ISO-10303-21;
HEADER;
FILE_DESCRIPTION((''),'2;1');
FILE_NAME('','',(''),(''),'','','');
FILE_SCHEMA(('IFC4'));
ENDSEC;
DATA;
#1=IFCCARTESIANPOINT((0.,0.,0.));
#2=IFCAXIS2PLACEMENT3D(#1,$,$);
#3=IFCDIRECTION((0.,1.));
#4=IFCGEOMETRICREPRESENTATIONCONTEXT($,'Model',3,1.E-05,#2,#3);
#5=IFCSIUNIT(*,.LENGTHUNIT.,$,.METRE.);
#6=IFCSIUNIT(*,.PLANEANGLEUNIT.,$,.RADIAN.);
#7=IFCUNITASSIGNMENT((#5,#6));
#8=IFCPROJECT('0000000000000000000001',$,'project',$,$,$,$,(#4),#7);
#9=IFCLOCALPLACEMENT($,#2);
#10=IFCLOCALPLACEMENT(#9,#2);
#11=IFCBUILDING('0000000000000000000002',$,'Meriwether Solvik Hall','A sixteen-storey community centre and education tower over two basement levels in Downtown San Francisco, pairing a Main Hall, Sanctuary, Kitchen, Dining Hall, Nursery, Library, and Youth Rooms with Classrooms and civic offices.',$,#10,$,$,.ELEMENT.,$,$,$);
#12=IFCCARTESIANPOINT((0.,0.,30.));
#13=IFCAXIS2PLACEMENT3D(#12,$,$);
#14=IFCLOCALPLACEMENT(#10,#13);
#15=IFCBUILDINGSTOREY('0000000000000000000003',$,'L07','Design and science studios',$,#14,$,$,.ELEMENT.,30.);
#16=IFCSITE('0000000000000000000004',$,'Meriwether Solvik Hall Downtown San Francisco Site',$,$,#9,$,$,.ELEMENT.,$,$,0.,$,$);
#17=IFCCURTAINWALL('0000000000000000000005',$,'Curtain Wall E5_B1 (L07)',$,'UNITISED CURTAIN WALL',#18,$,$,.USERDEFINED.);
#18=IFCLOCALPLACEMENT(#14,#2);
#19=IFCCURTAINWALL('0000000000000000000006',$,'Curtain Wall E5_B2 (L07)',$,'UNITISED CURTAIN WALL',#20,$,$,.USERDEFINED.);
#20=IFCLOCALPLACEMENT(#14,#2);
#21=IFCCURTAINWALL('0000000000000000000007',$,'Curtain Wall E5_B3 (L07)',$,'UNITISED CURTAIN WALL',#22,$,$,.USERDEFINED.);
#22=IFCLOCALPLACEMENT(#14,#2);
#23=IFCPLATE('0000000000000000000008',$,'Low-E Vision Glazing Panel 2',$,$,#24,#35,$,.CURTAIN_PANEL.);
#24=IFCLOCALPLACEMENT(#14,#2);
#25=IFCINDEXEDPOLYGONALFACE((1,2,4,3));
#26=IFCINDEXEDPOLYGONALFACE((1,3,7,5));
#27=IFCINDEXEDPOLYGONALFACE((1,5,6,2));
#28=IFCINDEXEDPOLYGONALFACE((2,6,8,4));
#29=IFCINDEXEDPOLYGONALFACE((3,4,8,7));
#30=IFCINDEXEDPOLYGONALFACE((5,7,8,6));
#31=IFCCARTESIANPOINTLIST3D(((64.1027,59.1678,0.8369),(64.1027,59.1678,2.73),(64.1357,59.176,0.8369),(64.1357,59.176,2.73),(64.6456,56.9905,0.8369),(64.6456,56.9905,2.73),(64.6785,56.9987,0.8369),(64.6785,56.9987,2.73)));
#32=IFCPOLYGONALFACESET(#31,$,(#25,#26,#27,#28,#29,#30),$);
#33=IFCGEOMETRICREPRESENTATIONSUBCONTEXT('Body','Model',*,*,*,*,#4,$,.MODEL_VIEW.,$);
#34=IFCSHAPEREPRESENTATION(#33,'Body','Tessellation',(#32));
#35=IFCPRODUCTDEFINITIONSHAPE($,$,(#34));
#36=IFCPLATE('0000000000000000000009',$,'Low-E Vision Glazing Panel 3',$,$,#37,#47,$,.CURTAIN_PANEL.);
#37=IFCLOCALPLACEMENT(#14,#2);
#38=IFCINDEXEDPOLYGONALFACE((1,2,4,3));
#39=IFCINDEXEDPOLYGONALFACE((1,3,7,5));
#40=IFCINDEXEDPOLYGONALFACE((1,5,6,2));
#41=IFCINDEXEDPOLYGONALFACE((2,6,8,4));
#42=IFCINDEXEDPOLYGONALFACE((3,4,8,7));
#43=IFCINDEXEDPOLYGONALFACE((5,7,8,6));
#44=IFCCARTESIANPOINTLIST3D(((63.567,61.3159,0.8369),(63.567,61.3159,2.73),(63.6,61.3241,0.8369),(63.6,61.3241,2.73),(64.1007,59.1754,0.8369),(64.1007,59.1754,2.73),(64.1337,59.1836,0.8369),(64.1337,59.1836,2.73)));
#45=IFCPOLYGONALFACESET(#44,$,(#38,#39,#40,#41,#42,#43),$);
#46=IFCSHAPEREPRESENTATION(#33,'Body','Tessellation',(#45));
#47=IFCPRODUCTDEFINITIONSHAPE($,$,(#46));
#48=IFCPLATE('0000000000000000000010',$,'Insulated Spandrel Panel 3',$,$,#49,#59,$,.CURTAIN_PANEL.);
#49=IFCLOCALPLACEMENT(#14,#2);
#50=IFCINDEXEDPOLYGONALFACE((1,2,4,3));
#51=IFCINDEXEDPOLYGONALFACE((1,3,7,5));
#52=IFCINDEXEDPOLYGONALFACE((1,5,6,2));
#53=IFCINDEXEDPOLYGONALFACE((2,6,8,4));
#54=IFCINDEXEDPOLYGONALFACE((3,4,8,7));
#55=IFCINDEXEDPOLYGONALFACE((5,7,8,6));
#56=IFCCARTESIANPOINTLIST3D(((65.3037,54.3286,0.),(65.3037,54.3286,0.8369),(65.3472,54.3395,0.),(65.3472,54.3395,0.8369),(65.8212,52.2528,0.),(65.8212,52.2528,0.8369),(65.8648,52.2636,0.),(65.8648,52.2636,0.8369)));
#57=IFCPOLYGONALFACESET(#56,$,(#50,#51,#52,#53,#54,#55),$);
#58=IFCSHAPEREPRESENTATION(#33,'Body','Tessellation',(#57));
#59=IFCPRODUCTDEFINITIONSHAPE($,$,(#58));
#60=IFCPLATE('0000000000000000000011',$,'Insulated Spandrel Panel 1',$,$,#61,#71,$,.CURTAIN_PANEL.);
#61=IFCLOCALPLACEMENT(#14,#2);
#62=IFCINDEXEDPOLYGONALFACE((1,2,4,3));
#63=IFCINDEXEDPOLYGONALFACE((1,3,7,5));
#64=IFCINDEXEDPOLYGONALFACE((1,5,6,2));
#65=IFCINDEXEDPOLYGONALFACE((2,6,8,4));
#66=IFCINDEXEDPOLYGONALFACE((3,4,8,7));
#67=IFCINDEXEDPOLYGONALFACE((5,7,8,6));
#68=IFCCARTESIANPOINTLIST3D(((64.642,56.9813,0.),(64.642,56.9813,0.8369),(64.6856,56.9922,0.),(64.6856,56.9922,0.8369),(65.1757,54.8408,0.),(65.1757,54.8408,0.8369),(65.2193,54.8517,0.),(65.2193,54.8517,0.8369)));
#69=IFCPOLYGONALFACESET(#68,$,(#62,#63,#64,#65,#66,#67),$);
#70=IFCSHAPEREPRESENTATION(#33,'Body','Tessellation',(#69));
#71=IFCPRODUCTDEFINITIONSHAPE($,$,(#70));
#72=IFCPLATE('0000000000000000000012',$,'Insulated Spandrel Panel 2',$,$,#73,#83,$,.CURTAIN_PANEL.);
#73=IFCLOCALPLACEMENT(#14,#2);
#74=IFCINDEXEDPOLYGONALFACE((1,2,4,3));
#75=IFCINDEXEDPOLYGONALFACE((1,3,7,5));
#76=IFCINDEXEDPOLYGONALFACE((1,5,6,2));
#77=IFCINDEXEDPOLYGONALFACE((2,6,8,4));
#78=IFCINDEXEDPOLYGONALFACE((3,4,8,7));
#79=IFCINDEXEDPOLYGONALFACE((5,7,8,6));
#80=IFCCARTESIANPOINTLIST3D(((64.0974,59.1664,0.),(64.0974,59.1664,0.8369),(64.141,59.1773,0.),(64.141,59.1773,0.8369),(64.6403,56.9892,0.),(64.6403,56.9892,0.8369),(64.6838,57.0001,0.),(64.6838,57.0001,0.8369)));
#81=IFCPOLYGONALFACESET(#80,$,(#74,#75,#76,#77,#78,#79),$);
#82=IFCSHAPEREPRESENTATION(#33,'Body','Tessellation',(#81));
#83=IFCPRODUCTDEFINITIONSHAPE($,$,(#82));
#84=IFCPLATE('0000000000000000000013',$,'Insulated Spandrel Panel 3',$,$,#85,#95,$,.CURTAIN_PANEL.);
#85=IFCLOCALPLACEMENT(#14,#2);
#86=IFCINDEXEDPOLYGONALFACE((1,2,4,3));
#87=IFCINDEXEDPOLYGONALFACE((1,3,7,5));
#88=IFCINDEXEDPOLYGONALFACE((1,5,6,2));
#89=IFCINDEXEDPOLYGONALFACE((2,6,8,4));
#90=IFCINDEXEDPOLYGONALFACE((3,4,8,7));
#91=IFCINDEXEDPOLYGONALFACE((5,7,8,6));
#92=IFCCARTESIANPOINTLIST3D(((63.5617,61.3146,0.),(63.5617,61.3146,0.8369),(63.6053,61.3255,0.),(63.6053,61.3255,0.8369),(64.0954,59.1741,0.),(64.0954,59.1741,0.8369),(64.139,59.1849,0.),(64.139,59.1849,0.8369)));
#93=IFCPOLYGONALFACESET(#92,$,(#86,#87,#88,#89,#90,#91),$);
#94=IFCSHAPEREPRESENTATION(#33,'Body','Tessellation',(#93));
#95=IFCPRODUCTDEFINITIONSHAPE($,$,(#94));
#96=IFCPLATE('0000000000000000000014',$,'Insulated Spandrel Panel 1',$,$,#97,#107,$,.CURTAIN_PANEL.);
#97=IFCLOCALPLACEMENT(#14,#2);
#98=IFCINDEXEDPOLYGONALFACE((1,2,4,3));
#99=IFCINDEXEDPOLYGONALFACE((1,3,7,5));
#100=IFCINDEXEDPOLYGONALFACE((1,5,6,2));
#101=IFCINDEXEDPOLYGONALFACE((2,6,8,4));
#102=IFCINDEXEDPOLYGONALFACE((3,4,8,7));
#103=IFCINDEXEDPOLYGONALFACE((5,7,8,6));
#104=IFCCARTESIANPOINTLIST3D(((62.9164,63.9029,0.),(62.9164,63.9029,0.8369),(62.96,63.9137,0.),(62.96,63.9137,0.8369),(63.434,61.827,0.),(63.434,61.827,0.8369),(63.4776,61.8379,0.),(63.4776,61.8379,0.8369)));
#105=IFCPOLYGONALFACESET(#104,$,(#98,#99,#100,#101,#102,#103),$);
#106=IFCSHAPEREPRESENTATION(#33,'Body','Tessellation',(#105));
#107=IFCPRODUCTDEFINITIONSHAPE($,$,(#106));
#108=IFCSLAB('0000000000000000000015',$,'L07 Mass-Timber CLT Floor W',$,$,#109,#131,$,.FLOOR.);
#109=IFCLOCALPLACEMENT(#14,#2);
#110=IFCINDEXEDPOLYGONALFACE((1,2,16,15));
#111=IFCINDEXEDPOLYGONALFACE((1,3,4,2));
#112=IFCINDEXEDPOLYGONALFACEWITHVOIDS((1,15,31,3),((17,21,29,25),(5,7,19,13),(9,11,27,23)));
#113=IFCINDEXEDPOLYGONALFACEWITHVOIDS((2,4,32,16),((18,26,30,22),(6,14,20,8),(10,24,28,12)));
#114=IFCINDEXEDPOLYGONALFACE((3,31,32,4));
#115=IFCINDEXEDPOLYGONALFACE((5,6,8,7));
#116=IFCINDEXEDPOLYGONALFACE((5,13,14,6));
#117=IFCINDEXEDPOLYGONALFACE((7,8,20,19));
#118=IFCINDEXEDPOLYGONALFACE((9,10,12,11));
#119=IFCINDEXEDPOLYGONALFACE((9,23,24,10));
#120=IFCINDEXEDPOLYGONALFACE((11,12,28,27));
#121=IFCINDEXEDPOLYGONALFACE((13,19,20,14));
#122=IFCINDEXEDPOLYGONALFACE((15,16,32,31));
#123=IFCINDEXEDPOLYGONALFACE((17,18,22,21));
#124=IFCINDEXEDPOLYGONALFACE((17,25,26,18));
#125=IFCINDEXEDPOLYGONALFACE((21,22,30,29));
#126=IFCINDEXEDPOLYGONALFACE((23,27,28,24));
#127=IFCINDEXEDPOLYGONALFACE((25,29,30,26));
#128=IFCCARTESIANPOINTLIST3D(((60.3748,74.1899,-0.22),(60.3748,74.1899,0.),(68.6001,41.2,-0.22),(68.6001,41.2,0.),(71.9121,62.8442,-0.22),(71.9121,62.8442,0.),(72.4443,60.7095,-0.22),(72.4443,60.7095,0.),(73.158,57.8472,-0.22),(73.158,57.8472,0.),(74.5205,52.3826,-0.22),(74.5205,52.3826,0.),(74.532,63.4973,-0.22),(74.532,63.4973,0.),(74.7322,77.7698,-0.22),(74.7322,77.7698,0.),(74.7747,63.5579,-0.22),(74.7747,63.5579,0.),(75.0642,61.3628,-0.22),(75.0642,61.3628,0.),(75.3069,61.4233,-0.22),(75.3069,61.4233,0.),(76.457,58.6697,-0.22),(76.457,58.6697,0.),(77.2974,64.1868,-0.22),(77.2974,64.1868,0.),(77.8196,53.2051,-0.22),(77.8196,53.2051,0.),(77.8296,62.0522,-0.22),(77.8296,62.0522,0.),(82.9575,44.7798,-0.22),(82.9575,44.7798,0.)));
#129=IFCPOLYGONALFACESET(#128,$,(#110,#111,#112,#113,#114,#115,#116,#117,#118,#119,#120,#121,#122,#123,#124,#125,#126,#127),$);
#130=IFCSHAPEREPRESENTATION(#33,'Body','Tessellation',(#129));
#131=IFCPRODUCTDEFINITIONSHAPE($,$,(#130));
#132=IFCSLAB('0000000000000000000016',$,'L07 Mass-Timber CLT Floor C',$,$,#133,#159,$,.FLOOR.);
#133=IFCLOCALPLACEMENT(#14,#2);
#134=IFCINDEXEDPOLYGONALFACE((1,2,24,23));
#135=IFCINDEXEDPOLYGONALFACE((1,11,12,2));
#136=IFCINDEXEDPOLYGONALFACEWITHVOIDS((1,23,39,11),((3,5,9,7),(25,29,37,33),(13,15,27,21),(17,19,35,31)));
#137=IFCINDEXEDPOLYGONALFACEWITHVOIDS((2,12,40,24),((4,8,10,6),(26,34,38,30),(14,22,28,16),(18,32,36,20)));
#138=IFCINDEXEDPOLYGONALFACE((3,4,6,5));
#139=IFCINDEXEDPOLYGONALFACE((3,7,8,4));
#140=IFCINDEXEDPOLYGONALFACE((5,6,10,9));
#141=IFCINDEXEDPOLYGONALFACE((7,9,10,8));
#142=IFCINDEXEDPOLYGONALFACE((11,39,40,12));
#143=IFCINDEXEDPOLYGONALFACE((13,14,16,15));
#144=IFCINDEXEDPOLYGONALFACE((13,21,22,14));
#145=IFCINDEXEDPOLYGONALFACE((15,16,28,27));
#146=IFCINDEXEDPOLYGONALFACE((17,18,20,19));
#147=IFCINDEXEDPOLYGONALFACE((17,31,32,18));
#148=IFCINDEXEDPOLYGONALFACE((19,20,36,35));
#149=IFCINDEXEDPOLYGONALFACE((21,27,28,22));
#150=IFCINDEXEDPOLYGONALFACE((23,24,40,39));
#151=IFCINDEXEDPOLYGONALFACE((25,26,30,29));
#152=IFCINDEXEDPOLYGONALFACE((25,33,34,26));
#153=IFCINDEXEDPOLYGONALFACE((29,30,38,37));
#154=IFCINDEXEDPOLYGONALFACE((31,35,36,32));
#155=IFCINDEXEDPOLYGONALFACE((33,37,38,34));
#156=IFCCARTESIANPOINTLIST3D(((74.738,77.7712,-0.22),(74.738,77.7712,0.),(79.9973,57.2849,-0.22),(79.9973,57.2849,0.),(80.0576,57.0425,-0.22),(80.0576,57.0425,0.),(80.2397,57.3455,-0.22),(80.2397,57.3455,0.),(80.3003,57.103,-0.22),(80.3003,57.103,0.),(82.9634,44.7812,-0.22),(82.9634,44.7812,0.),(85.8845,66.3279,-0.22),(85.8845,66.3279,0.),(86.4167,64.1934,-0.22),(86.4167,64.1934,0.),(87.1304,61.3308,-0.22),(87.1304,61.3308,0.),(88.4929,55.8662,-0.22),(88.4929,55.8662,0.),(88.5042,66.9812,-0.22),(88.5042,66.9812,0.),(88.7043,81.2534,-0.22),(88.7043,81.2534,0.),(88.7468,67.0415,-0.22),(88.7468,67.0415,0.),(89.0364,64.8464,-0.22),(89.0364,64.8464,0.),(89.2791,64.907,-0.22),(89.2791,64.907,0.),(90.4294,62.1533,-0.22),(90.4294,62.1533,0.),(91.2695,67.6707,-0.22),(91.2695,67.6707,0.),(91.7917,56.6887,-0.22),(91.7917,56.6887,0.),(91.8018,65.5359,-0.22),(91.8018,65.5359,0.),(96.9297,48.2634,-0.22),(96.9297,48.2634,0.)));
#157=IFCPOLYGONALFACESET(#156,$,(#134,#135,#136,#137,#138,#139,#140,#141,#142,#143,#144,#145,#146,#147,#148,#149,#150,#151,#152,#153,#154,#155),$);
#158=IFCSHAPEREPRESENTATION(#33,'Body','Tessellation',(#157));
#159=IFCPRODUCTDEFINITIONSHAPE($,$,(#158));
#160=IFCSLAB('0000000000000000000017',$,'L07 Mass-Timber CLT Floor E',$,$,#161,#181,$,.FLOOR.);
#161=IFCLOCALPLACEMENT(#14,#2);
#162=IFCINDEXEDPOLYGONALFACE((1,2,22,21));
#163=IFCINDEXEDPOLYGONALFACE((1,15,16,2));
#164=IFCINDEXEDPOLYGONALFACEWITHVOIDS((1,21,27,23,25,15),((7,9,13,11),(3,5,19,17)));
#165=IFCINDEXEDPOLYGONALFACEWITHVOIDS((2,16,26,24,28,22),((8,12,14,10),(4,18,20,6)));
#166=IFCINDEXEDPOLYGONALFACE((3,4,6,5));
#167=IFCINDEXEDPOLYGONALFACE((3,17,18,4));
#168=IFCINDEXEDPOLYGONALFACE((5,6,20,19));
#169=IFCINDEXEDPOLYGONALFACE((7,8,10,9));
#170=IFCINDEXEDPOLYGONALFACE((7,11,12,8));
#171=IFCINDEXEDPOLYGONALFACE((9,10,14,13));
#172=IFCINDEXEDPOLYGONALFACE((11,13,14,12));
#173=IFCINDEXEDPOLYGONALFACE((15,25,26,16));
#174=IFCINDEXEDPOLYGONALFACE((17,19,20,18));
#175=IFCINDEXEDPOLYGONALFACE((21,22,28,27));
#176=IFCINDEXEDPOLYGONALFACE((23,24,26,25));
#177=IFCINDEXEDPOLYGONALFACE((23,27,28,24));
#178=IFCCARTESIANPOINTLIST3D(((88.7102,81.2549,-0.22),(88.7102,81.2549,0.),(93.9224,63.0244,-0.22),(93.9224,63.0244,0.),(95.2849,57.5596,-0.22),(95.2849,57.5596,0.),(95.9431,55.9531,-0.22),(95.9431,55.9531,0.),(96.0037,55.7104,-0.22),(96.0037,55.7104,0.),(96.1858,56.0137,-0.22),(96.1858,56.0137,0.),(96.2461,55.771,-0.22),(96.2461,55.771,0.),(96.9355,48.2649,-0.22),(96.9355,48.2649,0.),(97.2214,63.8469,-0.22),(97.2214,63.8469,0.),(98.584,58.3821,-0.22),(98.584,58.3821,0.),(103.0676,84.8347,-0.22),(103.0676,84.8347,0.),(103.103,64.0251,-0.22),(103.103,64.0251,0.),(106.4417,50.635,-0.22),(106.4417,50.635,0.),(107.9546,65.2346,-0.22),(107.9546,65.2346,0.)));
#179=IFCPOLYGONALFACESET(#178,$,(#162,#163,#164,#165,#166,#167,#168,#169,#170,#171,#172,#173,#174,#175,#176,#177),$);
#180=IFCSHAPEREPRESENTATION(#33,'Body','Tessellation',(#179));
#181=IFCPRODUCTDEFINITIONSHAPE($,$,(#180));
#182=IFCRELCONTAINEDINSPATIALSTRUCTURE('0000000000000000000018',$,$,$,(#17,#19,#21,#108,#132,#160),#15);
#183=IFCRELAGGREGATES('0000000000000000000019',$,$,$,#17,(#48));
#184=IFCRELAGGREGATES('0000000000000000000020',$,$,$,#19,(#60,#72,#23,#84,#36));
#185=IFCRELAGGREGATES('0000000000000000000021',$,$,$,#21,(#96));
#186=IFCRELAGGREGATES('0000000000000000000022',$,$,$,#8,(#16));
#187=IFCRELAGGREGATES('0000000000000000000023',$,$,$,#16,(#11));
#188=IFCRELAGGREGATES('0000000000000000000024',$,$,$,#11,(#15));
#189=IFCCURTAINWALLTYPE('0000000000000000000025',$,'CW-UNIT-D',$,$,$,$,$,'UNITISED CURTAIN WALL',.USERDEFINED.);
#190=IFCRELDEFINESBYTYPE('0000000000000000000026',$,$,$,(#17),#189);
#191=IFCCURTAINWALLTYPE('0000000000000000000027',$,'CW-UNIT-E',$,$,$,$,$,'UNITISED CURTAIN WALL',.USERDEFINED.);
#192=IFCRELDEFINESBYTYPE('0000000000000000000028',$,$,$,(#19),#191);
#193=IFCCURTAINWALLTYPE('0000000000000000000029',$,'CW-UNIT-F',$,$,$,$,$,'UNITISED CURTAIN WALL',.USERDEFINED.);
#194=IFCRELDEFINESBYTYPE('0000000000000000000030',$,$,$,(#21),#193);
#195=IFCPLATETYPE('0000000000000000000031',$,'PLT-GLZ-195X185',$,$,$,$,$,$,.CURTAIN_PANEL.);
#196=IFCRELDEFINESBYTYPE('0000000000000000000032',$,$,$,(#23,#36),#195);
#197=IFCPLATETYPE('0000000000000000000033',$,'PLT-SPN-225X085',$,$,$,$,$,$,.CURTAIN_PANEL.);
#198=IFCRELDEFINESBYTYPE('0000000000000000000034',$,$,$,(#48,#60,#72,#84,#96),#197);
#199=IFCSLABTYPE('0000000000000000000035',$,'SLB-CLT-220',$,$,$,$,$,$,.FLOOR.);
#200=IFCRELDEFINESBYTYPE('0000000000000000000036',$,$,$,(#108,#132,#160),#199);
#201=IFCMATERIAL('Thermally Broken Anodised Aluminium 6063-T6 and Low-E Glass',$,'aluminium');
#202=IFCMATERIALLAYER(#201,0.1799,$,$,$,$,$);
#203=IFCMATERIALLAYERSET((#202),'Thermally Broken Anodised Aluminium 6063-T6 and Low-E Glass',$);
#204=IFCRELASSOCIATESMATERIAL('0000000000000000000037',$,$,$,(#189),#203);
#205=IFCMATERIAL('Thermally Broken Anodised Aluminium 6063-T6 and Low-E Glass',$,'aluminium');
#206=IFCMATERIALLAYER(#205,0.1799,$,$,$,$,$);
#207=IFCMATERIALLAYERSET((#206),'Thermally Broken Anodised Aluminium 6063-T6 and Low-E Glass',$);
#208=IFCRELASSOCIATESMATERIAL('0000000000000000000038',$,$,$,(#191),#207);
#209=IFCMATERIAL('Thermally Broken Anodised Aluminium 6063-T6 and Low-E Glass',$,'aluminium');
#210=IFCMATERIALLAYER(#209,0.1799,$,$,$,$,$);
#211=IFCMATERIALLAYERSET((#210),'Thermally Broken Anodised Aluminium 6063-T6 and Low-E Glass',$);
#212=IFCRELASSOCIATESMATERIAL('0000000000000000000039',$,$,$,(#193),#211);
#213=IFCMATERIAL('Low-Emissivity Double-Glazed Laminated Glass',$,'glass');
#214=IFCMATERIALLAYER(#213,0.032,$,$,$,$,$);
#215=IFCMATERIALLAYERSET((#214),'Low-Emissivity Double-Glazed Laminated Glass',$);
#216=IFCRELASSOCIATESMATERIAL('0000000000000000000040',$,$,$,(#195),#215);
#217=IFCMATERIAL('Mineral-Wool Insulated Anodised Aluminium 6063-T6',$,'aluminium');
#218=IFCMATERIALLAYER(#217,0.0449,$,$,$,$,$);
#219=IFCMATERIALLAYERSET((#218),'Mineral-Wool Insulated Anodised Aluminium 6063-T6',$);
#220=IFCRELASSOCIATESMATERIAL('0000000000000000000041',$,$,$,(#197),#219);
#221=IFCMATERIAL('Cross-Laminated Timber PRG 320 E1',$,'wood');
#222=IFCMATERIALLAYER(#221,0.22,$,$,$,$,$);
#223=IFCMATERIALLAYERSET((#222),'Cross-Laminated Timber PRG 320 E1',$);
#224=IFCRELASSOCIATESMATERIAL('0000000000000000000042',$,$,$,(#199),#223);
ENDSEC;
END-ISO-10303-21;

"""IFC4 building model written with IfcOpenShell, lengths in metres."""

from ifc_helpers import new_model, si_unit, direction, frame, origin, origin_2d, place, context, subcontext, project, spatial, polyline, rectangle, outline, extrude, material, layer, layer_set, type_object, element, aggregate, save


model = new_model("IFC4")

# Units and contexts
model_context = context("Model", 3, precision=1e-05, world=origin(), true_north=direction((0.0, 1.0)))
body_context = subcontext(model_context, "Body", "Model", "MODEL_VIEW")
ifc_project = project(units=[si_unit("LENGTHUNIT", "METRE"), si_unit("PLANEANGLEUNIT", "RADIAN")], contexts=[model_context])

# Site, building, storey
site_placement = place(None, origin())
site = spatial("IfcSite", under=ifc_project, at=site_placement, Name="Meriwether Solvik Hall Downtown San Francisco Site", CompositionType="ELEMENT", RefElevation=0.0)
building_placement = place(site_placement, origin())
building = spatial("IfcBuilding", under=site, at=building_placement, Name="Meriwether Solvik Hall", Description="A sixteen-storey community centre and education tower over two basement levels in Downtown San Francisco, pairing a Main Hall, Sanctuary, Kitchen, Dining Hall, Nursery, Library, and Youth Rooms with Classrooms and civic offices.", CompositionType="ELEMENT")
storey_placement = place(building_placement, frame((0.0, 0.0, 30.0)))
storey = spatial("IfcBuildingStorey", under=building, at=storey_placement, Name="L07", Description="Design and science studios", CompositionType="ELEMENT", Elevation=30.0)

# Curtain wall
ifc_material_1 = material(Name="Thermally Broken Anodised Aluminium 6063-T6 and Low-E Glass", Category="aluminium")
ifc_layer_1 = layer(ifc_material_1, 0.1799)
ifc_layer_set_1 = layer_set([ifc_layer_1], Name="Thermally Broken Anodised Aluminium 6063-T6 and Low-E Glass")
curtain_wall_type_1 = type_object("IfcCurtainWallType", Name="CW-UNIT-D", ElementType="UNITISED CURTAIN WALL", PredefinedType="USERDEFINED", material=ifc_layer_set_1)
curtain_wall_1_placement = place(storey_placement, origin())
curtain_wall_1 = element("IfcCurtainWall", 1, at=curtain_wall_1_placement, inside=storey, type_object=curtain_wall_type_1, Name="Curtain Wall E5_B1 (L07)", ObjectType="UNITISED CURTAIN WALL", PredefinedType="USERDEFINED")

# Curtain wall
ifc_material_2 = material(Name="Thermally Broken Anodised Aluminium 6063-T6 and Low-E Glass", Category="aluminium")
ifc_layer_2 = layer(ifc_material_2, 0.1799)
ifc_layer_set_2 = layer_set([ifc_layer_2], Name="Thermally Broken Anodised Aluminium 6063-T6 and Low-E Glass")
curtain_wall_type_2 = type_object("IfcCurtainWallType", Name="CW-UNIT-E", ElementType="UNITISED CURTAIN WALL", PredefinedType="USERDEFINED", material=ifc_layer_set_2)
curtain_wall_2_placement = place(storey_placement, origin())
curtain_wall_2 = element("IfcCurtainWall", 2, at=curtain_wall_2_placement, inside=storey, type_object=curtain_wall_type_2, Name="Curtain Wall E5_B2 (L07)", ObjectType="UNITISED CURTAIN WALL", PredefinedType="USERDEFINED")

# Curtain wall
ifc_material_3 = material(Name="Thermally Broken Anodised Aluminium 6063-T6 and Low-E Glass", Category="aluminium")
ifc_layer_3 = layer(ifc_material_3, 0.1799)
ifc_layer_set_3 = layer_set([ifc_layer_3], Name="Thermally Broken Anodised Aluminium 6063-T6 and Low-E Glass")
curtain_wall_type_3 = type_object("IfcCurtainWallType", Name="CW-UNIT-F", ElementType="UNITISED CURTAIN WALL", PredefinedType="USERDEFINED", material=ifc_layer_set_3)
curtain_wall_3_placement = place(storey_placement, origin())
curtain_wall_3 = element("IfcCurtainWall", 3, at=curtain_wall_3_placement, inside=storey, type_object=curtain_wall_type_3, Name="Curtain Wall E5_B3 (L07)", ObjectType="UNITISED CURTAIN WALL", PredefinedType="USERDEFINED")

# Plates
ifc_material_4 = material(Name="Low-Emissivity Double-Glazed Laminated Glass", Category="glass")
ifc_layer_4 = layer(ifc_material_4, 0.032)
ifc_layer_set_4 = layer_set([ifc_layer_4], Name="Low-Emissivity Double-Glazed Laminated Glass")
plate_type_1 = type_object("IfcPlateType", Name="PLT-GLZ-195X185", PredefinedType="CURTAIN_PANEL", material=ifc_layer_set_4)
plate_1_placement = place(storey_placement, frame((64.3906, 58.0833, 0.8369), z_axis=(0.0, 0.0, 1.0), x_axis=(-0.241922, 0.970296, 0.0)))
plate_1 = element("IfcPlate", 4, at=plate_1_placement, type_object=plate_type_1, Name="Low-E Vision Glazing Panel 2", PredefinedType="CURTAIN_PANEL", context=body_context, shape_type="SweptSolid", body=[
    extrude(rectangle(XDim=2.2439, YDim=0.0339, at=origin_2d()), origin(), (0.0, 0.0, 1.0), 1.8931),
])
plate_2_placement = place(storey_placement, frame((63.8503, 60.2498, 0.8369), z_axis=(0.0, 0.0, 1.0), x_axis=(-0.241922, 0.970296, 0.0)))
plate_2 = element("IfcPlate", 5, at=plate_2_placement, type_object=plate_type_1, Name="Low-E Vision Glazing Panel 3", PredefinedType="CURTAIN_PANEL", context=body_context, shape_type="SweptSolid", body=[
    extrude(rectangle(XDim=2.2061, YDim=0.0339, at=origin_2d()), origin(), (0.0, 0.0, 1.0), 1.8931),
])
ifc_material_5 = material(Name="Mineral-Wool Insulated Anodised Aluminium 6063-T6", Category="aluminium")
ifc_layer_5 = layer(ifc_material_5, 0.0449)
ifc_layer_set_5 = layer_set([ifc_layer_5], Name="Mineral-Wool Insulated Anodised Aluminium 6063-T6")
plate_type_2 = type_object("IfcPlateType", Name="PLT-SPN-225X085", PredefinedType="CURTAIN_PANEL", material=ifc_layer_set_5)
plate_3_placement = place(storey_placement, frame((65.5842, 53.2961, 0.0), z_axis=(0.0, 0.0, 1.0), x_axis=(-0.241922, 0.970296, 0.0)))
plate_3 = element("IfcPlate", 6, at=plate_3_placement, type_object=plate_type_2, Name="Insulated Spandrel Panel 3", PredefinedType="CURTAIN_PANEL", context=body_context, shape_type="SweptSolid", body=[
    extrude(rectangle(XDim=2.1394, YDim=0.0449, at=origin_2d()), origin(), (0.0, 0.0, 1.0), 0.8369),
])
aggregate(curtain_wall_1, [plate_3])
plate_4_placement = place(storey_placement, frame((64.9307, 55.9165, 0.0), z_axis=(0.0, 0.0, 1.0), x_axis=(-0.241922, 0.970296, 0.0)))
plate_4 = element("IfcPlate", 7, at=plate_4_placement, type_object=plate_type_2, Name="Insulated Spandrel Panel 1", PredefinedType="CURTAIN_PANEL", context=body_context, shape_type="SweptSolid", body=[
    extrude(rectangle(XDim=2.2061, YDim=0.0449, at=origin_2d()), origin(), (0.0, 0.0, 1.0), 0.8369),
])
plate_5_placement = place(storey_placement, frame((64.3906, 58.0833, 0.0), z_axis=(0.0, 0.0, 1.0), x_axis=(-0.241922, 0.970296, 0.0)))
plate_5 = element("IfcPlate", 8, at=plate_5_placement, type_object=plate_type_2, Name="Insulated Spandrel Panel 2", PredefinedType="CURTAIN_PANEL", context=body_context, shape_type="SweptSolid", body=[
    extrude(rectangle(XDim=2.2439, YDim=0.0449, at=origin_2d()), origin(), (0.0, 0.0, 1.0), 0.8369),
])
plate_6_placement = place(storey_placement, frame((63.8503, 60.2498, 0.0), z_axis=(0.0, 0.0, 1.0), x_axis=(-0.241922, 0.970296, 0.0)))
plate_6 = element("IfcPlate", 9, at=plate_6_placement, type_object=plate_type_2, Name="Insulated Spandrel Panel 3", PredefinedType="CURTAIN_PANEL", context=body_context, shape_type="SweptSolid", body=[
    extrude(rectangle(XDim=2.2061, YDim=0.0449, at=origin_2d()), origin(), (0.0, 0.0, 1.0), 0.8369),
])
aggregate(curtain_wall_2, [plate_4, plate_5, plate_1, plate_6, plate_2])
plate_7_placement = place(storey_placement, frame((63.197, 62.8704, 0.0), z_axis=(0.0, 0.0, 1.0), x_axis=(-0.241922, 0.970296, 0.0)))
plate_7 = element("IfcPlate", 10, at=plate_7_placement, type_object=plate_type_2, Name="Insulated Spandrel Panel 1", PredefinedType="CURTAIN_PANEL", context=body_context, shape_type="SweptSolid", body=[
    extrude(rectangle(XDim=2.1394, YDim=0.0449, at=origin_2d()), origin(), (0.0, 0.0, 1.0), 0.8369),
])
aggregate(curtain_wall_3, [plate_7])

# Slabs
ifc_material_6 = material(Name="Cross-Laminated Timber PRG 320 E1", Category="wood")
ifc_layer_6 = layer(ifc_material_6, 0.22)
ifc_layer_set_6 = layer_set([ifc_layer_6], Name="Cross-Laminated Timber PRG 320 E1")
slab_type_1 = type_object("IfcSlabType", Name="SLB-CLT-220", PredefinedType="FLOOR", material=ifc_layer_set_6)
slab_1_placement = place(storey_placement, frame((0.0, 0.0, -0.22)))
element("IfcSlab", 11, at=slab_1_placement, inside=storey, type_object=slab_type_1, Name="L07 Mass-Timber CLT Floor W", PredefinedType="FLOOR", context=body_context, shape_type="SweptSolid", body=[
    extrude(outline(polyline([(74.7322, 77.7698), (82.9575, 44.7798), (68.6001, 41.2), (60.3748, 74.1899), (74.7322, 77.7698)]), holes=[polyline([(73.158, 57.8472), (74.5205, 52.3826), (77.8196, 53.2051), (76.457, 58.6697), (73.158, 57.8472)]), polyline([(71.9121, 62.8442), (72.4443, 60.7095), (75.0642, 61.3628), (74.532, 63.4973), (71.9121, 62.8442)]), polyline([(74.7747, 63.5579), (75.3069, 61.4233), (77.8296, 62.0522), (77.2974, 64.1868), (74.7747, 63.5579)])]), origin(), (0.0, 0.0, 1.0), 0.22),
])
slab_2_placement = place(storey_placement, frame((0.0, 0.0, -0.22)))
element("IfcSlab", 12, at=slab_2_placement, inside=storey, type_object=slab_type_1, Name="L07 Mass-Timber CLT Floor C", PredefinedType="FLOOR", context=body_context, shape_type="SweptSolid", body=[
    extrude(outline(polyline([(88.7043, 81.2534), (96.9297, 48.2634), (82.9634, 44.7812), (74.738, 77.7712), (88.7043, 81.2534)]), holes=[polyline([(79.9973, 57.2849), (80.0576, 57.0425), (80.3003, 57.103), (80.2397, 57.3455), (79.9973, 57.2849)]), polyline([(87.1304, 61.3308), (88.4929, 55.8662), (91.7917, 56.6887), (90.4294, 62.1533), (87.1304, 61.3308)]), polyline([(88.5042, 66.9812), (85.8845, 66.3279), (86.4167, 64.1934), (89.0364, 64.8464), (88.5042, 66.9812)]), polyline([(91.2695, 67.6707), (88.7468, 67.0415), (89.2791, 64.907), (91.8018, 65.5359), (91.2695, 67.6707)])]), origin(), (0.0, 0.0, 1.0), 0.22),
])
slab_3_placement = place(storey_placement, frame((0.0, 0.0, -0.22)))
element("IfcSlab", 13, at=slab_3_placement, inside=storey, type_object=slab_type_1, Name="L07 Mass-Timber CLT Floor E", PredefinedType="FLOOR", context=body_context, shape_type="SweptSolid", body=[
    extrude(outline(polyline([(103.0676, 84.8347), (107.9546, 65.2346), (103.103, 64.0251), (106.4417, 50.635), (96.9355, 48.2649), (88.7102, 81.2549), (103.0676, 84.8347)]), holes=[polyline([(95.9431, 55.9531), (96.0037, 55.7104), (96.2461, 55.771), (96.1858, 56.0137), (95.9431, 55.9531)]), polyline([(93.9224, 63.0244), (95.2849, 57.5596), (98.584, 58.3821), (97.2214, 63.8469), (93.9224, 63.0244)])]), origin(), (0.0, 0.0, 1.0), 0.22),
])

save(model, "model.ifc")
